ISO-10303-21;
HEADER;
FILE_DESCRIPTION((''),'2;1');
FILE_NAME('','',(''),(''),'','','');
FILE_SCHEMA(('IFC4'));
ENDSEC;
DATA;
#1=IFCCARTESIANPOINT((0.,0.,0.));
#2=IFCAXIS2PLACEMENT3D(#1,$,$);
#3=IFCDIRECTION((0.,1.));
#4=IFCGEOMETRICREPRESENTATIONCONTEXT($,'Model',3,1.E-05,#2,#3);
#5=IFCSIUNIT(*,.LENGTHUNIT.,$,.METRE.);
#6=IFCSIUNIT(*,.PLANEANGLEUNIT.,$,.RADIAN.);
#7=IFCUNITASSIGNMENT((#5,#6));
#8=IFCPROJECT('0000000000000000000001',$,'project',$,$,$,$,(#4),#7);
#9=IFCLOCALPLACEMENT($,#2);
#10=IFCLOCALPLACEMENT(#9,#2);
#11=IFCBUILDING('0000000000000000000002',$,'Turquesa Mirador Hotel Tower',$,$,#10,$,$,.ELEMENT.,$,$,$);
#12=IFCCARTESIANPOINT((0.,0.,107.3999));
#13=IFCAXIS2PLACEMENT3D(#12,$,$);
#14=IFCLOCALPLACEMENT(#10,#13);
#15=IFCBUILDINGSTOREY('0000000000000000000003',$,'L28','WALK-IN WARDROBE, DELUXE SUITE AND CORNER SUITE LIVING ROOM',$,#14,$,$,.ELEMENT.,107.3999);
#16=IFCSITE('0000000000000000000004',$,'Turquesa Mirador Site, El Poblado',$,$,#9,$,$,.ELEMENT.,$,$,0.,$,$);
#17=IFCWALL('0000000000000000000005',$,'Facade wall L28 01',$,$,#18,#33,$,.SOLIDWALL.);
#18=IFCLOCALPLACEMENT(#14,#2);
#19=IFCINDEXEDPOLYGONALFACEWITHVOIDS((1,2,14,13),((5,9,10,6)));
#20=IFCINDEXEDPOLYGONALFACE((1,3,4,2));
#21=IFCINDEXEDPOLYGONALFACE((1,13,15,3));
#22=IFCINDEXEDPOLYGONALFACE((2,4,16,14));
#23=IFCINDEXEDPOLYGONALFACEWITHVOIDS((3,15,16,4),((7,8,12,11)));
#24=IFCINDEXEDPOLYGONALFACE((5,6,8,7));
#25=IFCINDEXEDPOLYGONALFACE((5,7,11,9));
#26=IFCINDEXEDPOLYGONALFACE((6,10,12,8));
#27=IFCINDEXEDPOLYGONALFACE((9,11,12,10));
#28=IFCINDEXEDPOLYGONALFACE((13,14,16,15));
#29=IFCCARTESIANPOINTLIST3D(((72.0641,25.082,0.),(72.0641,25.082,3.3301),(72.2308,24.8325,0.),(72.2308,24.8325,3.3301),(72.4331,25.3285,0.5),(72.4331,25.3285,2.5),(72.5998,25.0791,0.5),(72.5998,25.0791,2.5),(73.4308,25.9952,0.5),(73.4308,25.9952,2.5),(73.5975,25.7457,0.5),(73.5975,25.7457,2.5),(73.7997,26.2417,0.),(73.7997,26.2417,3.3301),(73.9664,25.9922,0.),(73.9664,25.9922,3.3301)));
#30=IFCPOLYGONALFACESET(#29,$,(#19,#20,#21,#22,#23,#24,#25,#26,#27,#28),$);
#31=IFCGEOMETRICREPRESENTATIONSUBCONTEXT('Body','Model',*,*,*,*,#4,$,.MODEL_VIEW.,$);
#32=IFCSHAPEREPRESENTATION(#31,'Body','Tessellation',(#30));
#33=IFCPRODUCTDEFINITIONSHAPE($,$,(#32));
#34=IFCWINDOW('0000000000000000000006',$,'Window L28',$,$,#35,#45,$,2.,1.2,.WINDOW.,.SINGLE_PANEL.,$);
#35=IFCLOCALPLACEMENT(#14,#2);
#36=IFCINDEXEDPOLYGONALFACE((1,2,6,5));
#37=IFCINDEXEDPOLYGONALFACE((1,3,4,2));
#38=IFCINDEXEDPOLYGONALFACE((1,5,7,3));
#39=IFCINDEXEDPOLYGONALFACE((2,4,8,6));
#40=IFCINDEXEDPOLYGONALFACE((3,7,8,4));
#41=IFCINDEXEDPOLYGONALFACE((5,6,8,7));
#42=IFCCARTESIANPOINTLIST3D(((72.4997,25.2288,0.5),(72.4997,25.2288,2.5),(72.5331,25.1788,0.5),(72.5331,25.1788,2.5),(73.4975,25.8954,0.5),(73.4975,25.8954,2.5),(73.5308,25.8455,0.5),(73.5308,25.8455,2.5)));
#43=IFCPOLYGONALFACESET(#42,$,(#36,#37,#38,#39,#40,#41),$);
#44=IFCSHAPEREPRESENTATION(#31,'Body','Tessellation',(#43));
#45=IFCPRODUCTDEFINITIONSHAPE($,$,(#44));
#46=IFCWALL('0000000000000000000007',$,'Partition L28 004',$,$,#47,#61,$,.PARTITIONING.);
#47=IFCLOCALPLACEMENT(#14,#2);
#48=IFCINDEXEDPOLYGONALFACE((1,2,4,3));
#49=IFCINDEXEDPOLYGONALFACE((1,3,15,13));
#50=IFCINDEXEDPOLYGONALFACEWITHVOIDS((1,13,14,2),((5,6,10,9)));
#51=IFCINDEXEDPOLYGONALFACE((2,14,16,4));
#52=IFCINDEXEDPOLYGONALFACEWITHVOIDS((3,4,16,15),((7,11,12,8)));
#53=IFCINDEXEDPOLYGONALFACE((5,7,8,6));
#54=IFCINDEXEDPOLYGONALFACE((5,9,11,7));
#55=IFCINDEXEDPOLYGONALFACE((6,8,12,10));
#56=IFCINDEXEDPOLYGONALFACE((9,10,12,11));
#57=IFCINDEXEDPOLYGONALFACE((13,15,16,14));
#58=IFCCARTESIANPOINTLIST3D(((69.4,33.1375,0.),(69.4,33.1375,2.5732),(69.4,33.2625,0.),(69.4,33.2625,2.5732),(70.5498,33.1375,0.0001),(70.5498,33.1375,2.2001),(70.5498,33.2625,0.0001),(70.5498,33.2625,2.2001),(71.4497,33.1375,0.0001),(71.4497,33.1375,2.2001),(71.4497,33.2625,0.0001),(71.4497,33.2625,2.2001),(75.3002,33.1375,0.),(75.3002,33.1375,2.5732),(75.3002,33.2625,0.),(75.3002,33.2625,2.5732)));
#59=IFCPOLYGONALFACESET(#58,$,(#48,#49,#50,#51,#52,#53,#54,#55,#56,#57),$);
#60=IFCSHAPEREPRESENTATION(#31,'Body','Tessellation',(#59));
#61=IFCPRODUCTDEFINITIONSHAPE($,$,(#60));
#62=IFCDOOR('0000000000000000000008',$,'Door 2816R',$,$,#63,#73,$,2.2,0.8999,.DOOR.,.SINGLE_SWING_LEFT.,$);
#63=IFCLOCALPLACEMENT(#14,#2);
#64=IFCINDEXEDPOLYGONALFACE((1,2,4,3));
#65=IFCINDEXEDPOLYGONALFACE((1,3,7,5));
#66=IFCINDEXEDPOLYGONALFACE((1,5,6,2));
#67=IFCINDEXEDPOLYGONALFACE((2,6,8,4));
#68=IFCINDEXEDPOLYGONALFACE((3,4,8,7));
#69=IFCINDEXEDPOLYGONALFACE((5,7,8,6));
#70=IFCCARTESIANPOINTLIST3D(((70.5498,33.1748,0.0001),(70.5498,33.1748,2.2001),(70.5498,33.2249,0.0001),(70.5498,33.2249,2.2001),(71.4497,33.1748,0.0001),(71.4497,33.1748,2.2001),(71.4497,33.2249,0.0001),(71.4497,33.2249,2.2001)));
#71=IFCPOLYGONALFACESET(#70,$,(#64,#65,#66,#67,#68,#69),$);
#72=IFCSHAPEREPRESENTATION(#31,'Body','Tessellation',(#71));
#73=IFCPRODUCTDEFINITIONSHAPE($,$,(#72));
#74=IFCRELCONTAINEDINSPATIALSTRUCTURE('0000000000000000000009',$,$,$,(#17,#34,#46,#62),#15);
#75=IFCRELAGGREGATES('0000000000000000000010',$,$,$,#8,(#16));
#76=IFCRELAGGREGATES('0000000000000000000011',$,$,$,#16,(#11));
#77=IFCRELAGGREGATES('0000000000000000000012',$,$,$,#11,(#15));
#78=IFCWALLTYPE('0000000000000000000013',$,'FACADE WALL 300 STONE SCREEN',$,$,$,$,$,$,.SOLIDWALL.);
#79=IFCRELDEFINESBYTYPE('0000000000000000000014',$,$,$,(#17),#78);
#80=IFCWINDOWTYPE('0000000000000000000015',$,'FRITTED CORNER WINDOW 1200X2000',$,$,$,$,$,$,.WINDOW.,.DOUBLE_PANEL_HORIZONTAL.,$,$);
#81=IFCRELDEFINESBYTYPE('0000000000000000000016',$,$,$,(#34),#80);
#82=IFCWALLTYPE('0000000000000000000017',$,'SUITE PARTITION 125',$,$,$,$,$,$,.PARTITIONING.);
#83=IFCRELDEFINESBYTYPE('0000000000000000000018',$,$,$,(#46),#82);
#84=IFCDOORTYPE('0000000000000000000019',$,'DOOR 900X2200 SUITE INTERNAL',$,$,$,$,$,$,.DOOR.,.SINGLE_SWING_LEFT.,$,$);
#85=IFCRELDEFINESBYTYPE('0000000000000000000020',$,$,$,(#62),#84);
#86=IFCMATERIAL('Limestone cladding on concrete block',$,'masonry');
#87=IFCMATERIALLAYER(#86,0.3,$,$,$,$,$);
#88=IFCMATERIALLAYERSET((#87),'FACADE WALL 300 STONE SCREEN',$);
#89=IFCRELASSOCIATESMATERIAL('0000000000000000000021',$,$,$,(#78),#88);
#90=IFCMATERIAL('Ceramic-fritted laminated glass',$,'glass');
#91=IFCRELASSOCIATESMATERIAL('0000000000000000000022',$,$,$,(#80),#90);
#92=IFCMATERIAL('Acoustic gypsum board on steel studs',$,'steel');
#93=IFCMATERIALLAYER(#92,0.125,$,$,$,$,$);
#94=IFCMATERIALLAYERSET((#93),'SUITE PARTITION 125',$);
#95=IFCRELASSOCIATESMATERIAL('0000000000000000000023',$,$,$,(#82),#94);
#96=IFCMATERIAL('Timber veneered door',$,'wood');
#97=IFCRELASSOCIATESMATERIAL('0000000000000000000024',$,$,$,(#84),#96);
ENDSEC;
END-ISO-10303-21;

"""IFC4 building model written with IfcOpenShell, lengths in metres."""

from ifc_helpers import new_model, si_unit, direction, frame, frame_2d, origin, place, context, subcontext, project, spatial, rectangle, extrude, material, layer, layer_set, type_object, element, fill, save


model = new_model("IFC4")

# Units and contexts
model_context = context("Model", 3, precision=1e-05, world=origin(), true_north=direction((0.0, 1.0)))
body_context = subcontext(model_context, "Body", "Model", "MODEL_VIEW")
ifc_project = project(units=[si_unit("LENGTHUNIT", "METRE"), si_unit("PLANEANGLEUNIT", "RADIAN")], contexts=[model_context])

# Site, building, storey
site_placement = place(None, origin())
site = spatial("IfcSite", under=ifc_project, at=site_placement, Name="Turquesa Mirador Site, El Poblado", CompositionType="ELEMENT", RefElevation=0.0)
building_placement = place(site_placement, origin())
building = spatial("IfcBuilding", under=site, at=building_placement, Name="Turquesa Mirador Hotel Tower", CompositionType="ELEMENT")
storey_placement = place(building_placement, frame((0.0, 0.0, 107.3999)))
storey = spatial("IfcBuildingStorey", under=building, at=storey_placement, Name="L28", Description="WALK-IN WARDROBE, DELUXE SUITE AND CORNER SUITE LIVING ROOM", CompositionType="ELEMENT", Elevation=107.3999)

# Wall, opening, window
ifc_material_1 = material(Name="Limestone cladding on concrete block", Category="masonry")
ifc_layer_1 = layer(ifc_material_1, 0.3)
ifc_layer_set_1 = layer_set([ifc_layer_1], Name="FACADE WALL 300 STONE SCREEN")
wall_type_1 = type_object("IfcWallType", Name="FACADE WALL 300 STONE SCREEN", PredefinedType="SOLIDWALL", material=ifc_layer_set_1)
ifc_material_2 = material(Name="Ceramic-fritted laminated glass", Category="glass")
window_type = type_object("IfcWindowType", Name="FRITTED CORNER WINDOW 1200X2000", PartitioningType="DOUBLE_PANEL_HORIZONTAL", PredefinedType="WINDOW", material=ifc_material_2)
wall_1_placement = place(storey_placement, frame((72.1475, 24.9573, 0.0), z_axis=(0.0, 0.0, 1.0), x_axis=(0.831474, 0.555564, 0.0)))
wall_1 = element("IfcWall", 1, at=wall_1_placement, inside=storey, type_object=wall_type_1, Name="Facade wall L28 01", PredefinedType="SOLIDWALL", context=body_context, shape_type="SweptSolid", body=[
    extrude(rectangle(XDim=2.0874, YDim=0.3, at=frame_2d((1.0437, 0.0))), origin(), (0.0, 0.0, 1.0), 3.3301),
])
opening_1_placement = place(wall_1_placement, frame((0.4436, 0.0, 0.5)))
opening_1 = element("IfcOpeningElement", 2, at=opening_1_placement, cuts=wall_1, PredefinedType="OPENING", context=body_context, shape_type="SweptSolid", body=[
    extrude(rectangle(XDim=1.2, YDim=2.0, at=frame_2d((0.6001, 1.0))), frame((0.0, 0.1599, 0.0), z_axis=(0.0, -1.0, 0.0), x_axis=(1.0, 0.0, 0.0)), (0.0, 0.0, 1.0), 0.3201),
])
window_1_placement = place(opening_1_placement, origin())
window_1 = element("IfcWindow", 3, at=window_1_placement, inside=storey, type_object=window_type, Name="Window L28", OverallHeight=2.0, OverallWidth=1.2, PartitioningType="SINGLE_PANEL", PredefinedType="WINDOW", context=body_context, shape_type="SweptSolid", body=[
    extrude(rectangle(XDim=1.2, YDim=2.0, at=frame_2d((0.6001, 1.0))), frame((0.0, 0.03, 0.0), z_axis=(0.0, -1.0, 0.0), x_axis=(1.0, 0.0, 0.0)), (0.0, 0.0, 1.0), 0.0601),
])
fill(opening_1, window_1)

# Wall, opening, door
ifc_material_3 = material(Name="Acoustic gypsum board on steel studs", Category="steel")
ifc_layer_2 = layer(ifc_material_3, 0.125)
ifc_layer_set_2 = layer_set([ifc_layer_2], Name="SUITE PARTITION 125")
wall_type_2 = type_object("IfcWallType", Name="SUITE PARTITION 125", PredefinedType="PARTITIONING", material=ifc_layer_set_2)
wall_2_placement = place(storey_placement, frame((69.3999, 33.2, 0.0), z_axis=(0.0, 0.0, 1.0), x_axis=(1.0, 0.0, 0.0)))
wall_2 = element("IfcWall", 4, at=wall_2_placement, inside=storey, type_object=wall_type_2, Name="Partition L28 004", PredefinedType="PARTITIONING", context=body_context, shape_type="SweptSolid", body=[
    extrude(rectangle(XDim=5.9001, YDim=0.125, at=frame_2d((2.9502, 0.0))), origin(), (0.0, 0.0, 1.0), 2.5732),
])
opening_2_placement = place(wall_2_placement, frame((1.1499, 0.0, 0.0)))
opening_2 = element("IfcOpeningElement", 5, at=opening_2_placement, cuts=wall_2, PredefinedType="OPENING", context=body_context, shape_type="SweptSolid", body=[
    extrude(rectangle(XDim=0.8999, YDim=2.2, at=frame_2d((0.45, 1.1001))), frame((0.0, 0.0725, 0.0), z_axis=(0.0, -1.0, 0.0), x_axis=(1.0, 0.0, 0.0)), (0.0, 0.0, 1.0), 0.145),
])
ifc_material_4 = material(Name="Timber veneered door", Category="wood")
door_type_1 = type_object("IfcDoorType", Name="DOOR 900X2200 SUITE INTERNAL", OperationType="SINGLE_SWING_LEFT", PredefinedType="DOOR", material=ifc_material_4)
door_1_placement = place(opening_2_placement, origin())
door_1 = element("IfcDoor", 6, at=door_1_placement, inside=storey, type_object=door_type_1, Name="Door 2816R", OperationType="SINGLE_SWING_LEFT", OverallHeight=2.2, OverallWidth=0.8999, PredefinedType="DOOR", context=body_context, shape_type="SweptSolid", body=[
    extrude(rectangle(XDim=0.8999, YDim=2.2, at=frame_2d((0.45, 1.1001))), frame((0.0, 0.0249, 0.0), z_axis=(0.0, -1.0, 0.0), x_axis=(1.0, 0.0, 0.0)), (0.0, 0.0, 1.0), 0.05),
])
fill(opening_2, door_1)

save(model, "model.ifc")
